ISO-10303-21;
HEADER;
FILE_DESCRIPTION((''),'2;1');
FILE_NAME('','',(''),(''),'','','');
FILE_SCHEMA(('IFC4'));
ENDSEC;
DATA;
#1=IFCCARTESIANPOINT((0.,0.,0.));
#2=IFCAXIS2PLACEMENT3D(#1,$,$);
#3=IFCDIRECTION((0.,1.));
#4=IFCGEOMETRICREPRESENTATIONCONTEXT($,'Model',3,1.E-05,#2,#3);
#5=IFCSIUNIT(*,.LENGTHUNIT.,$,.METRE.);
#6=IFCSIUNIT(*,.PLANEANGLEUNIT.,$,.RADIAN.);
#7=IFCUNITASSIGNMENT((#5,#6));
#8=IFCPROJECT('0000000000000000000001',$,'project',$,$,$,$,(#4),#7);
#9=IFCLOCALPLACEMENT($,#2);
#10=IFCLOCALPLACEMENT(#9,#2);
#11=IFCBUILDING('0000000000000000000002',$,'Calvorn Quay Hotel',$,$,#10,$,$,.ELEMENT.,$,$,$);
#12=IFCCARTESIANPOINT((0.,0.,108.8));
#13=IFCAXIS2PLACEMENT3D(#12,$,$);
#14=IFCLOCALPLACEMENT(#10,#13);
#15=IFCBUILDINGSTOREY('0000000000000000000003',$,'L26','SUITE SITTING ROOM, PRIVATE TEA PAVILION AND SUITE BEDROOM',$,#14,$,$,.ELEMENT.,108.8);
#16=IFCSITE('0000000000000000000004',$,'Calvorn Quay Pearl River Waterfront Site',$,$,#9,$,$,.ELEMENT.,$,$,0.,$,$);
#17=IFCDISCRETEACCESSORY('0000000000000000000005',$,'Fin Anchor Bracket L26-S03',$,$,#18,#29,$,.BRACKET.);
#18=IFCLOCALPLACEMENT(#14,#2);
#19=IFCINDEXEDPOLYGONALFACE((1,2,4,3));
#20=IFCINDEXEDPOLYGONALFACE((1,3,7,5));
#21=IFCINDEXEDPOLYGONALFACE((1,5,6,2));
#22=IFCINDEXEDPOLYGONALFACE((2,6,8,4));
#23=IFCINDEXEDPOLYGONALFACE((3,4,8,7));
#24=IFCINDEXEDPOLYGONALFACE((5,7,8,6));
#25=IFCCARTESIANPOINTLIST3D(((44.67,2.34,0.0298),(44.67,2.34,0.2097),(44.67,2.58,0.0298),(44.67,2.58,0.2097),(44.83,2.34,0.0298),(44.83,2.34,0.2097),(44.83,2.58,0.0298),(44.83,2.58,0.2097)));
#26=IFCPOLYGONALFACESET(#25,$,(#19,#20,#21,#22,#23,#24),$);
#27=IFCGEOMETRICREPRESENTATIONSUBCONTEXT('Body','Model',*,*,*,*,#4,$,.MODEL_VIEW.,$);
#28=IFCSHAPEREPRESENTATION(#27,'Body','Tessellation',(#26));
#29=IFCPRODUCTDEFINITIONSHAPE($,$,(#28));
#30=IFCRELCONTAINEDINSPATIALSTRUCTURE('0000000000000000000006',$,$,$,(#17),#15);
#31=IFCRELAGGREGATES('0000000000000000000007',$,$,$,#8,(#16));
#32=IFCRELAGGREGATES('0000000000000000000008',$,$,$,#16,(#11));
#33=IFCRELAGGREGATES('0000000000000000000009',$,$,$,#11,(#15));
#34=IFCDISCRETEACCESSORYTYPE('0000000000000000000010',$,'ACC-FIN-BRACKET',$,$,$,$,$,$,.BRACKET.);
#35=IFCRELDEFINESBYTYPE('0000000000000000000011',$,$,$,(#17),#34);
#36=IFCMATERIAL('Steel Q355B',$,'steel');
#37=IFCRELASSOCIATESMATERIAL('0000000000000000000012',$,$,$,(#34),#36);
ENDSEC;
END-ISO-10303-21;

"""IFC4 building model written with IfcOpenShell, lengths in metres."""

from ifc_helpers import new_model, si_unit, direction, frame, origin, origin_2d, place, context, subcontext, project, spatial, rectangle, extrude, material, type_object, element, save


model = new_model("IFC4")

# Units and contexts
model_context = context("Model", 3, precision=1e-05, world=origin(), true_north=direction((0.0, 1.0)))
body_context = subcontext(model_context, "Body", "Model", "MODEL_VIEW")
ifc_project = project(units=[si_unit("LENGTHUNIT", "METRE"), si_unit("PLANEANGLEUNIT", "RADIAN")], contexts=[model_context])

# Site, building, storey
site_placement = place(None, origin())
site = spatial("IfcSite", under=ifc_project, at=site_placement, Name="Calvorn Quay Pearl River Waterfront Site", CompositionType="ELEMENT", RefElevation=0.0)
building_placement = place(site_placement, origin())
building = spatial("IfcBuilding", under=site, at=building_placement, Name="Calvorn Quay Hotel", CompositionType="ELEMENT")
storey_placement = place(building_placement, frame((0.0, 0.0, 108.8)))
storey = spatial("IfcBuildingStorey", under=building, at=storey_placement, Name="L26", Description="SUITE SITTING ROOM, PRIVATE TEA PAVILION AND SUITE BEDROOM", CompositionType="ELEMENT", Elevation=108.8)

# Discrete accessory
ifc_material_1 = material(Name="Steel Q355B", Category="steel")
discrete_accessory_type = type_object("IfcDiscreteAccessoryType", Name="ACC-FIN-BRACKET", PredefinedType="BRACKET", material=ifc_material_1)
discrete_accessory_placement = place(storey_placement, frame((44.75, 2.46, 0.0298), z_axis=(0.0, 0.0, 1.0), x_axis=(0.0, 1.0, 0.0)))
element("IfcDiscreteAccessory", 1, at=discrete_accessory_placement, inside=storey, type_object=discrete_accessory_type, Name="Fin Anchor Bracket L26-S03", PredefinedType="BRACKET", context=body_context, shape_type="SweptSolid", body=[
    extrude(rectangle(XDim=0.24, YDim=0.1599, at=origin_2d()), origin(), (0.0, 0.0, 1.0), 0.1799),
])

save(model, "model.ifc")
